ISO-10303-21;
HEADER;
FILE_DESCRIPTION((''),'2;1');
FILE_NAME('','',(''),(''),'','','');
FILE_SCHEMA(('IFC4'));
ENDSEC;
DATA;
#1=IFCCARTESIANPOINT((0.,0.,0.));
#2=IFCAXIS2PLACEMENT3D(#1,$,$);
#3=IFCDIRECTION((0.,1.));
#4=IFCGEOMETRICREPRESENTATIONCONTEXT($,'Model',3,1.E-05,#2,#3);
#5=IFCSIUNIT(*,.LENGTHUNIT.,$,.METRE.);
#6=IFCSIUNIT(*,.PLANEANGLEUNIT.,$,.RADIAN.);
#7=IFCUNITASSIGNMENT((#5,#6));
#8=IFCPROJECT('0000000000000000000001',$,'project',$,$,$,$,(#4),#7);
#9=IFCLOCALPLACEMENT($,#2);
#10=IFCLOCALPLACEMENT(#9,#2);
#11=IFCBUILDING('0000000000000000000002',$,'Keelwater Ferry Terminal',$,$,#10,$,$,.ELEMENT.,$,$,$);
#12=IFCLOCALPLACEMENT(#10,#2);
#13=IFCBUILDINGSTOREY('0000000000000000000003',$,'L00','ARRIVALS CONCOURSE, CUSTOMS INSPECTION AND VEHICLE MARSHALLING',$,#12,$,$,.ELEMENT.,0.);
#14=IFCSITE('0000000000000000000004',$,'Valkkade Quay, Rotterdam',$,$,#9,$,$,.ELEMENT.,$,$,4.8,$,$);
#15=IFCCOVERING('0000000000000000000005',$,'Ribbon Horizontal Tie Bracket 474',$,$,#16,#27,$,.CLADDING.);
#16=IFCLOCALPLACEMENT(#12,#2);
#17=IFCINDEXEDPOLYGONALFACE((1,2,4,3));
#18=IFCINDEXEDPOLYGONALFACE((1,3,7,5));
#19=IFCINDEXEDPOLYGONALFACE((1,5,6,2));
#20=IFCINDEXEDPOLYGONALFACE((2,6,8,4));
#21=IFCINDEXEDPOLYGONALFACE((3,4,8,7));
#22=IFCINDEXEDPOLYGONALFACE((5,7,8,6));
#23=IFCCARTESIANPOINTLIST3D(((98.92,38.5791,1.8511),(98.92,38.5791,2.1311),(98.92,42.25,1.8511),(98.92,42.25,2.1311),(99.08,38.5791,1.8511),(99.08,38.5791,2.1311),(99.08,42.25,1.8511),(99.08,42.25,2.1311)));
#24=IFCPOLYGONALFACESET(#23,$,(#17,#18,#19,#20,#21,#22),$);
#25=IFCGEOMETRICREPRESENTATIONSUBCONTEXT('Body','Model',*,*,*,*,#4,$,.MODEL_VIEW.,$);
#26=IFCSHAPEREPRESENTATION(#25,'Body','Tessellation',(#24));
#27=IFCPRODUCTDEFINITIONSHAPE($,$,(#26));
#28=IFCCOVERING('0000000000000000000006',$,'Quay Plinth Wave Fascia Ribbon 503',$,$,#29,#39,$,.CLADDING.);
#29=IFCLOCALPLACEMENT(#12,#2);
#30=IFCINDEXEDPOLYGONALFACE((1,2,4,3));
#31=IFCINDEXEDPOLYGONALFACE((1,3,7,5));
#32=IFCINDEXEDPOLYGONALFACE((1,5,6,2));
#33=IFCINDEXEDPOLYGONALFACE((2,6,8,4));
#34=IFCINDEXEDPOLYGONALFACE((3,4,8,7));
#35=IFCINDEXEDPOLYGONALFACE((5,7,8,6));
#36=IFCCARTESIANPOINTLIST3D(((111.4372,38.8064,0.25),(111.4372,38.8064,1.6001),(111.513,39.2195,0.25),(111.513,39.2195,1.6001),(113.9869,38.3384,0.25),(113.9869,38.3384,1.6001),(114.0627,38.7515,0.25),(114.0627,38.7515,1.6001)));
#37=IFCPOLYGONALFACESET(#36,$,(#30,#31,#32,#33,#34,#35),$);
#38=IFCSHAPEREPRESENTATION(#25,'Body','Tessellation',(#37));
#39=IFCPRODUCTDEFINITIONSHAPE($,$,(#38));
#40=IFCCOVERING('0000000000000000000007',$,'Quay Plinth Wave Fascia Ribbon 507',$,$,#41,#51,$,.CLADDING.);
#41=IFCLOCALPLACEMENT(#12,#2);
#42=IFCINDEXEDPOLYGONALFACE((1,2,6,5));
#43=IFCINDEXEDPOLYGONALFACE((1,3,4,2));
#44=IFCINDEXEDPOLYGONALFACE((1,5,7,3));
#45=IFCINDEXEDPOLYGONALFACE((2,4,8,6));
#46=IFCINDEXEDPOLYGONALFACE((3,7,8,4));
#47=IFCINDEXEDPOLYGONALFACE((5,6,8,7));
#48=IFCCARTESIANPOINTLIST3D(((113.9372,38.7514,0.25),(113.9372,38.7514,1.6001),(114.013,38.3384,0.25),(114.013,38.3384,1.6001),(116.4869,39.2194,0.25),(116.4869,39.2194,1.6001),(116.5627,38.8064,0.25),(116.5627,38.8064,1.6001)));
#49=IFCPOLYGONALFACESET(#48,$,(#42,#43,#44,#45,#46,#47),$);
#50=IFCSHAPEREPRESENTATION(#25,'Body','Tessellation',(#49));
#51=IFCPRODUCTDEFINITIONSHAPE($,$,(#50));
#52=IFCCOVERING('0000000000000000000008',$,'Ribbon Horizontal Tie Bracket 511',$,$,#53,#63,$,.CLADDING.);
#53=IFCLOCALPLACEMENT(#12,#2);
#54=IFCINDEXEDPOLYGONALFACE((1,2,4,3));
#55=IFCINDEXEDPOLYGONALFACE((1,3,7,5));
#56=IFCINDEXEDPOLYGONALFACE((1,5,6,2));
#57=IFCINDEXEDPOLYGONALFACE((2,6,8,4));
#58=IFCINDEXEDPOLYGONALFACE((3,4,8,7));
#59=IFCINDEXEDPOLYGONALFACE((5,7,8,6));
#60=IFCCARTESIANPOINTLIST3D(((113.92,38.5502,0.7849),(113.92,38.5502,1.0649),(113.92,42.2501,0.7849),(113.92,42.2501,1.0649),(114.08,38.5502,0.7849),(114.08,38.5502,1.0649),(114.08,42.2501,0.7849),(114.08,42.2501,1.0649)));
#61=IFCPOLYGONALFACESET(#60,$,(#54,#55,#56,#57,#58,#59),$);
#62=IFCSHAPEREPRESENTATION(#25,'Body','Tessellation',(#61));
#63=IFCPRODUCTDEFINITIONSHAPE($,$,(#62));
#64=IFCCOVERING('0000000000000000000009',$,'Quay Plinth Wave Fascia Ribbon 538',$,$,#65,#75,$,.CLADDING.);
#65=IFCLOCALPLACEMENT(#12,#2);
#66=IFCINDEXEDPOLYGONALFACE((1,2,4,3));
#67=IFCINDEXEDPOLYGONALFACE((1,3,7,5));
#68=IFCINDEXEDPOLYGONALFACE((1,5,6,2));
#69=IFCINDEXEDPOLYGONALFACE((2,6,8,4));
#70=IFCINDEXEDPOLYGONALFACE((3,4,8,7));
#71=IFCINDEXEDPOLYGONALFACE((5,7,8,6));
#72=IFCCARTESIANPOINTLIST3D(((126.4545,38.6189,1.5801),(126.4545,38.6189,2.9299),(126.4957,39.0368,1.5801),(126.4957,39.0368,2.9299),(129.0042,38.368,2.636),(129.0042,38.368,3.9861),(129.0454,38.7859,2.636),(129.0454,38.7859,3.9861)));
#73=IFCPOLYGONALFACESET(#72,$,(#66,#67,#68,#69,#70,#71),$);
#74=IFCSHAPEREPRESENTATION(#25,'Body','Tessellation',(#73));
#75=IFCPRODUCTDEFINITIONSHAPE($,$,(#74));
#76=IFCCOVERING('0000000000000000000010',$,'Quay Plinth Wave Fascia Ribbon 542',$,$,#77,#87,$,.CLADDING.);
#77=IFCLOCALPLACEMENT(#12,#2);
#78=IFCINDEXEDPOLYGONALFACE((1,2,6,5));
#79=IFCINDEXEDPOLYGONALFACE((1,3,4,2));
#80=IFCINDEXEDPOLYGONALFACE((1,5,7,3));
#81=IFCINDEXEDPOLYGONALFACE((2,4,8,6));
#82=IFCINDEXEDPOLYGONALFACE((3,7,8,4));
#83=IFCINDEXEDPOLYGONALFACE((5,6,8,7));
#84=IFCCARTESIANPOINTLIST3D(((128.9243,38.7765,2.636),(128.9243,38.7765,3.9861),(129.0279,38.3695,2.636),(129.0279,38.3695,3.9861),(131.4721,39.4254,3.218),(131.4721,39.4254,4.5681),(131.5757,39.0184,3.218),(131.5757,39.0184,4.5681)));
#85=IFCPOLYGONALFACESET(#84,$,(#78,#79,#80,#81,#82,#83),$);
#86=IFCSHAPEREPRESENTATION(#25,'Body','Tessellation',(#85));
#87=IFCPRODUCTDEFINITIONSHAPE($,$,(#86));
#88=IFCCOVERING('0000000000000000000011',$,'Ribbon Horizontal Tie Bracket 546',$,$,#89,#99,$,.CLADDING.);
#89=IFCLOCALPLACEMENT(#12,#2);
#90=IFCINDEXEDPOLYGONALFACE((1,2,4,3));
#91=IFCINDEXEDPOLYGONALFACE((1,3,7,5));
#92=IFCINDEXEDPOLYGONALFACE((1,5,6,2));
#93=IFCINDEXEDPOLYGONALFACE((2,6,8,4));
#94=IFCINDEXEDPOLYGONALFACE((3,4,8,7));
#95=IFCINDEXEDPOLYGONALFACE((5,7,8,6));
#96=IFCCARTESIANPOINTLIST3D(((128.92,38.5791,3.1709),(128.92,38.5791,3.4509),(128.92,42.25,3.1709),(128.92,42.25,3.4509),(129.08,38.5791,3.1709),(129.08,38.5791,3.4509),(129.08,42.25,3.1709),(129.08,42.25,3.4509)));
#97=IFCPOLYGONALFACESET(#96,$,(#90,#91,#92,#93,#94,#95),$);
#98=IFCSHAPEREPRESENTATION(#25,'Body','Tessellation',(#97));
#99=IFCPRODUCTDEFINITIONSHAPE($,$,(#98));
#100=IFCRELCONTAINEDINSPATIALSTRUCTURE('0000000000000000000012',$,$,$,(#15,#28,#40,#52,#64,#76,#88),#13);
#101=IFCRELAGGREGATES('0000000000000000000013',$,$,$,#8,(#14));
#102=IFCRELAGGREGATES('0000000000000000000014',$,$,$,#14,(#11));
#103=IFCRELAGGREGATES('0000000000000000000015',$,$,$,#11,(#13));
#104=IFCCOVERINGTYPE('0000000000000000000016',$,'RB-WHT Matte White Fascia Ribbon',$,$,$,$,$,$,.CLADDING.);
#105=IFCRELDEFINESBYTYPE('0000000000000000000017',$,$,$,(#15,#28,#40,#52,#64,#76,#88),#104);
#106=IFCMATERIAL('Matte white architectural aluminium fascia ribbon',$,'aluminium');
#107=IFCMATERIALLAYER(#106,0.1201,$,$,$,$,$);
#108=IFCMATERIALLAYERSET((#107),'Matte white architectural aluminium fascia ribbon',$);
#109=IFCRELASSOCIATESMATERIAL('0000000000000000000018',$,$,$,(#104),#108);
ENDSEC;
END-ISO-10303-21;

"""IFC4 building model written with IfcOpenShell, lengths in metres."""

from ifc_helpers import new_model, si_unit, direction, frame, frame_2d, origin, place, context, subcontext, project, spatial, polyline, rectangle, outline, extrude, material, layer, layer_set, type_object, element, save


model = new_model("IFC4")

# Units and contexts
model_context = context("Model", 3, precision=1e-05, world=origin(), true_north=direction((0.0, 1.0)))
body_context = subcontext(model_context, "Body", "Model", "MODEL_VIEW")
ifc_project = project(units=[si_unit("LENGTHUNIT", "METRE"), si_unit("PLANEANGLEUNIT", "RADIAN")], contexts=[model_context])

# Site, building, storey
site_placement = place(None, origin())
site = spatial("IfcSite", under=ifc_project, at=site_placement, Name="Valkkade Quay, Rotterdam", CompositionType="ELEMENT", RefElevation=4.8)
building_placement = place(site_placement, origin())
building = spatial("IfcBuilding", under=site, at=building_placement, Name="Keelwater Ferry Terminal", CompositionType="ELEMENT")
storey_placement = place(building_placement, origin())
storey = spatial("IfcBuildingStorey", under=building, at=storey_placement, Name="L00", Description="ARRIVALS CONCOURSE, CUSTOMS INSPECTION AND VEHICLE MARSHALLING", CompositionType="ELEMENT", Elevation=0.0)

# Coverings
ifc_material_1 = material(Name="Matte white architectural aluminium fascia ribbon", Category="aluminium")
ifc_layer_1 = layer(ifc_material_1, 0.1201)
ifc_layer_set_1 = layer_set([ifc_layer_1], Name="Matte white architectural aluminium fascia ribbon")
covering_type = type_object("IfcCoveringType", Name="RB-WHT Matte White Fascia Ribbon", PredefinedType="CLADDING", material=ifc_layer_set_1)
covering_1_placement = place(storey_placement, frame((99.0, 38.5791, 1.8511), z_axis=(0.0, 0.0, 1.0), x_axis=(0.0, 1.0, 0.0)))
element("IfcCovering", 1, at=covering_1_placement, inside=storey, type_object=covering_type, Name="Ribbon Horizontal Tie Bracket 474", PredefinedType="CLADDING", context=body_context, shape_type="SweptSolid", body=[
    extrude(rectangle(XDim=3.6709, YDim=0.1599, at=frame_2d((1.8354, 0.0))), origin(), (0.0, 0.0, 1.0), 0.28),
])
for number, where, z_axis, x_axis, name in (
    (2, (111.4751, 39.0129, 0.25), (0.0, 0.0, 1.0), (0.983569, -0.180534, 0.0), "Quay Plinth Wave Fascia Ribbon 503"),
    (3, (113.9751, 38.5449, 0.25), (0.0, 0.0, 1.0), (0.983569, 0.180534, 0.0), "Quay Plinth Wave Fascia Ribbon 507"),
):
    element("IfcCovering", number, at=place(storey_placement, frame(where, z_axis=z_axis, x_axis=x_axis)), inside=storey, type_object=covering_type, Name=name, PredefinedType="CLADDING", context=body_context, shape_type="SweptSolid", body=[
        extrude(outline(polyline([(0.0, 0.0), (2.5923, 0.0), (2.5923, 1.3501), (0.0, 1.3501), (0.0, 0.0)])), frame((0.0, 0.21, 0.0), z_axis=(0.0, -1.0, 0.0), x_axis=(1.0, 0.0, 0.0)), (0.0, 0.0, 1.0), 0.4199),
    ])
covering_2_placement = place(storey_placement, frame((114.0, 38.55, 0.7849), z_axis=(0.0, 0.0, 1.0), x_axis=(0.0, 1.0, 0.0)))
element("IfcCovering", 4, at=covering_2_placement, inside=storey, type_object=covering_type, Name="Ribbon Horizontal Tie Bracket 511", PredefinedType="CLADDING", context=body_context, shape_type="SweptSolid", body=[
    extrude(rectangle(XDim=3.7, YDim=0.1599, at=frame_2d((1.8501, 0.0))), origin(), (0.0, 0.0, 1.0), 0.28),
])
covering_3_placement = place(storey_placement, frame((126.4751, 38.8279, 1.5801), z_axis=(0.0, 0.0, 1.0), x_axis=(0.995191, -0.097956, 0.0)))
element("IfcCovering", 5, at=covering_3_placement, inside=storey, type_object=covering_type, Name="Quay Plinth Wave Fascia Ribbon 538", PredefinedType="CLADDING", context=body_context, shape_type="SweptSolid", body=[
    extrude(outline(polyline([(0.0, 0.0), (2.562, 1.0559), (2.562, 2.406), (0.0, 1.3499), (0.0, 0.0)])), frame((0.0, 0.21, 0.0), z_axis=(0.0, -1.0, 0.0), x_axis=(1.0, 0.0, 0.0)), (0.0, 0.0, 1.0), 0.4199),
])
covering_4_placement = place(storey_placement, frame((128.9761, 38.573, 2.636), z_axis=(0.0, 0.0, 1.0), x_axis=(0.969062, 0.246816, 0.0)))
element("IfcCovering", 6, at=covering_4_placement, inside=storey, type_object=covering_type, Name="Quay Plinth Wave Fascia Ribbon 542", PredefinedType="CLADDING", context=body_context, shape_type="SweptSolid", body=[
    extrude(outline(polyline([(0.0, 0.0), (2.6292, 0.582), (2.6292, 1.9321), (0.0, 1.3501), (0.0, 0.0)])), frame((0.0, 0.21, 0.0), z_axis=(0.0, -1.0, 0.0), x_axis=(1.0, 0.0, 0.0)), (0.0, 0.0, 1.0), 0.4199),
])
covering_5_placement = place(storey_placement, frame((129.0, 38.5791, 3.1709), z_axis=(0.0, 0.0, 1.0), x_axis=(0.0, 1.0, 0.0)))
element("IfcCovering", 7, at=covering_5_placement, inside=storey, type_object=covering_type, Name="Ribbon Horizontal Tie Bracket 546", PredefinedType="CLADDING", context=body_context, shape_type="SweptSolid", body=[
    extrude(rectangle(XDim=3.6709, YDim=0.1599, at=frame_2d((1.8354, 0.0))), origin(), (0.0, 0.0, 1.0), 0.28),
])

save(model, "model.ifc")
